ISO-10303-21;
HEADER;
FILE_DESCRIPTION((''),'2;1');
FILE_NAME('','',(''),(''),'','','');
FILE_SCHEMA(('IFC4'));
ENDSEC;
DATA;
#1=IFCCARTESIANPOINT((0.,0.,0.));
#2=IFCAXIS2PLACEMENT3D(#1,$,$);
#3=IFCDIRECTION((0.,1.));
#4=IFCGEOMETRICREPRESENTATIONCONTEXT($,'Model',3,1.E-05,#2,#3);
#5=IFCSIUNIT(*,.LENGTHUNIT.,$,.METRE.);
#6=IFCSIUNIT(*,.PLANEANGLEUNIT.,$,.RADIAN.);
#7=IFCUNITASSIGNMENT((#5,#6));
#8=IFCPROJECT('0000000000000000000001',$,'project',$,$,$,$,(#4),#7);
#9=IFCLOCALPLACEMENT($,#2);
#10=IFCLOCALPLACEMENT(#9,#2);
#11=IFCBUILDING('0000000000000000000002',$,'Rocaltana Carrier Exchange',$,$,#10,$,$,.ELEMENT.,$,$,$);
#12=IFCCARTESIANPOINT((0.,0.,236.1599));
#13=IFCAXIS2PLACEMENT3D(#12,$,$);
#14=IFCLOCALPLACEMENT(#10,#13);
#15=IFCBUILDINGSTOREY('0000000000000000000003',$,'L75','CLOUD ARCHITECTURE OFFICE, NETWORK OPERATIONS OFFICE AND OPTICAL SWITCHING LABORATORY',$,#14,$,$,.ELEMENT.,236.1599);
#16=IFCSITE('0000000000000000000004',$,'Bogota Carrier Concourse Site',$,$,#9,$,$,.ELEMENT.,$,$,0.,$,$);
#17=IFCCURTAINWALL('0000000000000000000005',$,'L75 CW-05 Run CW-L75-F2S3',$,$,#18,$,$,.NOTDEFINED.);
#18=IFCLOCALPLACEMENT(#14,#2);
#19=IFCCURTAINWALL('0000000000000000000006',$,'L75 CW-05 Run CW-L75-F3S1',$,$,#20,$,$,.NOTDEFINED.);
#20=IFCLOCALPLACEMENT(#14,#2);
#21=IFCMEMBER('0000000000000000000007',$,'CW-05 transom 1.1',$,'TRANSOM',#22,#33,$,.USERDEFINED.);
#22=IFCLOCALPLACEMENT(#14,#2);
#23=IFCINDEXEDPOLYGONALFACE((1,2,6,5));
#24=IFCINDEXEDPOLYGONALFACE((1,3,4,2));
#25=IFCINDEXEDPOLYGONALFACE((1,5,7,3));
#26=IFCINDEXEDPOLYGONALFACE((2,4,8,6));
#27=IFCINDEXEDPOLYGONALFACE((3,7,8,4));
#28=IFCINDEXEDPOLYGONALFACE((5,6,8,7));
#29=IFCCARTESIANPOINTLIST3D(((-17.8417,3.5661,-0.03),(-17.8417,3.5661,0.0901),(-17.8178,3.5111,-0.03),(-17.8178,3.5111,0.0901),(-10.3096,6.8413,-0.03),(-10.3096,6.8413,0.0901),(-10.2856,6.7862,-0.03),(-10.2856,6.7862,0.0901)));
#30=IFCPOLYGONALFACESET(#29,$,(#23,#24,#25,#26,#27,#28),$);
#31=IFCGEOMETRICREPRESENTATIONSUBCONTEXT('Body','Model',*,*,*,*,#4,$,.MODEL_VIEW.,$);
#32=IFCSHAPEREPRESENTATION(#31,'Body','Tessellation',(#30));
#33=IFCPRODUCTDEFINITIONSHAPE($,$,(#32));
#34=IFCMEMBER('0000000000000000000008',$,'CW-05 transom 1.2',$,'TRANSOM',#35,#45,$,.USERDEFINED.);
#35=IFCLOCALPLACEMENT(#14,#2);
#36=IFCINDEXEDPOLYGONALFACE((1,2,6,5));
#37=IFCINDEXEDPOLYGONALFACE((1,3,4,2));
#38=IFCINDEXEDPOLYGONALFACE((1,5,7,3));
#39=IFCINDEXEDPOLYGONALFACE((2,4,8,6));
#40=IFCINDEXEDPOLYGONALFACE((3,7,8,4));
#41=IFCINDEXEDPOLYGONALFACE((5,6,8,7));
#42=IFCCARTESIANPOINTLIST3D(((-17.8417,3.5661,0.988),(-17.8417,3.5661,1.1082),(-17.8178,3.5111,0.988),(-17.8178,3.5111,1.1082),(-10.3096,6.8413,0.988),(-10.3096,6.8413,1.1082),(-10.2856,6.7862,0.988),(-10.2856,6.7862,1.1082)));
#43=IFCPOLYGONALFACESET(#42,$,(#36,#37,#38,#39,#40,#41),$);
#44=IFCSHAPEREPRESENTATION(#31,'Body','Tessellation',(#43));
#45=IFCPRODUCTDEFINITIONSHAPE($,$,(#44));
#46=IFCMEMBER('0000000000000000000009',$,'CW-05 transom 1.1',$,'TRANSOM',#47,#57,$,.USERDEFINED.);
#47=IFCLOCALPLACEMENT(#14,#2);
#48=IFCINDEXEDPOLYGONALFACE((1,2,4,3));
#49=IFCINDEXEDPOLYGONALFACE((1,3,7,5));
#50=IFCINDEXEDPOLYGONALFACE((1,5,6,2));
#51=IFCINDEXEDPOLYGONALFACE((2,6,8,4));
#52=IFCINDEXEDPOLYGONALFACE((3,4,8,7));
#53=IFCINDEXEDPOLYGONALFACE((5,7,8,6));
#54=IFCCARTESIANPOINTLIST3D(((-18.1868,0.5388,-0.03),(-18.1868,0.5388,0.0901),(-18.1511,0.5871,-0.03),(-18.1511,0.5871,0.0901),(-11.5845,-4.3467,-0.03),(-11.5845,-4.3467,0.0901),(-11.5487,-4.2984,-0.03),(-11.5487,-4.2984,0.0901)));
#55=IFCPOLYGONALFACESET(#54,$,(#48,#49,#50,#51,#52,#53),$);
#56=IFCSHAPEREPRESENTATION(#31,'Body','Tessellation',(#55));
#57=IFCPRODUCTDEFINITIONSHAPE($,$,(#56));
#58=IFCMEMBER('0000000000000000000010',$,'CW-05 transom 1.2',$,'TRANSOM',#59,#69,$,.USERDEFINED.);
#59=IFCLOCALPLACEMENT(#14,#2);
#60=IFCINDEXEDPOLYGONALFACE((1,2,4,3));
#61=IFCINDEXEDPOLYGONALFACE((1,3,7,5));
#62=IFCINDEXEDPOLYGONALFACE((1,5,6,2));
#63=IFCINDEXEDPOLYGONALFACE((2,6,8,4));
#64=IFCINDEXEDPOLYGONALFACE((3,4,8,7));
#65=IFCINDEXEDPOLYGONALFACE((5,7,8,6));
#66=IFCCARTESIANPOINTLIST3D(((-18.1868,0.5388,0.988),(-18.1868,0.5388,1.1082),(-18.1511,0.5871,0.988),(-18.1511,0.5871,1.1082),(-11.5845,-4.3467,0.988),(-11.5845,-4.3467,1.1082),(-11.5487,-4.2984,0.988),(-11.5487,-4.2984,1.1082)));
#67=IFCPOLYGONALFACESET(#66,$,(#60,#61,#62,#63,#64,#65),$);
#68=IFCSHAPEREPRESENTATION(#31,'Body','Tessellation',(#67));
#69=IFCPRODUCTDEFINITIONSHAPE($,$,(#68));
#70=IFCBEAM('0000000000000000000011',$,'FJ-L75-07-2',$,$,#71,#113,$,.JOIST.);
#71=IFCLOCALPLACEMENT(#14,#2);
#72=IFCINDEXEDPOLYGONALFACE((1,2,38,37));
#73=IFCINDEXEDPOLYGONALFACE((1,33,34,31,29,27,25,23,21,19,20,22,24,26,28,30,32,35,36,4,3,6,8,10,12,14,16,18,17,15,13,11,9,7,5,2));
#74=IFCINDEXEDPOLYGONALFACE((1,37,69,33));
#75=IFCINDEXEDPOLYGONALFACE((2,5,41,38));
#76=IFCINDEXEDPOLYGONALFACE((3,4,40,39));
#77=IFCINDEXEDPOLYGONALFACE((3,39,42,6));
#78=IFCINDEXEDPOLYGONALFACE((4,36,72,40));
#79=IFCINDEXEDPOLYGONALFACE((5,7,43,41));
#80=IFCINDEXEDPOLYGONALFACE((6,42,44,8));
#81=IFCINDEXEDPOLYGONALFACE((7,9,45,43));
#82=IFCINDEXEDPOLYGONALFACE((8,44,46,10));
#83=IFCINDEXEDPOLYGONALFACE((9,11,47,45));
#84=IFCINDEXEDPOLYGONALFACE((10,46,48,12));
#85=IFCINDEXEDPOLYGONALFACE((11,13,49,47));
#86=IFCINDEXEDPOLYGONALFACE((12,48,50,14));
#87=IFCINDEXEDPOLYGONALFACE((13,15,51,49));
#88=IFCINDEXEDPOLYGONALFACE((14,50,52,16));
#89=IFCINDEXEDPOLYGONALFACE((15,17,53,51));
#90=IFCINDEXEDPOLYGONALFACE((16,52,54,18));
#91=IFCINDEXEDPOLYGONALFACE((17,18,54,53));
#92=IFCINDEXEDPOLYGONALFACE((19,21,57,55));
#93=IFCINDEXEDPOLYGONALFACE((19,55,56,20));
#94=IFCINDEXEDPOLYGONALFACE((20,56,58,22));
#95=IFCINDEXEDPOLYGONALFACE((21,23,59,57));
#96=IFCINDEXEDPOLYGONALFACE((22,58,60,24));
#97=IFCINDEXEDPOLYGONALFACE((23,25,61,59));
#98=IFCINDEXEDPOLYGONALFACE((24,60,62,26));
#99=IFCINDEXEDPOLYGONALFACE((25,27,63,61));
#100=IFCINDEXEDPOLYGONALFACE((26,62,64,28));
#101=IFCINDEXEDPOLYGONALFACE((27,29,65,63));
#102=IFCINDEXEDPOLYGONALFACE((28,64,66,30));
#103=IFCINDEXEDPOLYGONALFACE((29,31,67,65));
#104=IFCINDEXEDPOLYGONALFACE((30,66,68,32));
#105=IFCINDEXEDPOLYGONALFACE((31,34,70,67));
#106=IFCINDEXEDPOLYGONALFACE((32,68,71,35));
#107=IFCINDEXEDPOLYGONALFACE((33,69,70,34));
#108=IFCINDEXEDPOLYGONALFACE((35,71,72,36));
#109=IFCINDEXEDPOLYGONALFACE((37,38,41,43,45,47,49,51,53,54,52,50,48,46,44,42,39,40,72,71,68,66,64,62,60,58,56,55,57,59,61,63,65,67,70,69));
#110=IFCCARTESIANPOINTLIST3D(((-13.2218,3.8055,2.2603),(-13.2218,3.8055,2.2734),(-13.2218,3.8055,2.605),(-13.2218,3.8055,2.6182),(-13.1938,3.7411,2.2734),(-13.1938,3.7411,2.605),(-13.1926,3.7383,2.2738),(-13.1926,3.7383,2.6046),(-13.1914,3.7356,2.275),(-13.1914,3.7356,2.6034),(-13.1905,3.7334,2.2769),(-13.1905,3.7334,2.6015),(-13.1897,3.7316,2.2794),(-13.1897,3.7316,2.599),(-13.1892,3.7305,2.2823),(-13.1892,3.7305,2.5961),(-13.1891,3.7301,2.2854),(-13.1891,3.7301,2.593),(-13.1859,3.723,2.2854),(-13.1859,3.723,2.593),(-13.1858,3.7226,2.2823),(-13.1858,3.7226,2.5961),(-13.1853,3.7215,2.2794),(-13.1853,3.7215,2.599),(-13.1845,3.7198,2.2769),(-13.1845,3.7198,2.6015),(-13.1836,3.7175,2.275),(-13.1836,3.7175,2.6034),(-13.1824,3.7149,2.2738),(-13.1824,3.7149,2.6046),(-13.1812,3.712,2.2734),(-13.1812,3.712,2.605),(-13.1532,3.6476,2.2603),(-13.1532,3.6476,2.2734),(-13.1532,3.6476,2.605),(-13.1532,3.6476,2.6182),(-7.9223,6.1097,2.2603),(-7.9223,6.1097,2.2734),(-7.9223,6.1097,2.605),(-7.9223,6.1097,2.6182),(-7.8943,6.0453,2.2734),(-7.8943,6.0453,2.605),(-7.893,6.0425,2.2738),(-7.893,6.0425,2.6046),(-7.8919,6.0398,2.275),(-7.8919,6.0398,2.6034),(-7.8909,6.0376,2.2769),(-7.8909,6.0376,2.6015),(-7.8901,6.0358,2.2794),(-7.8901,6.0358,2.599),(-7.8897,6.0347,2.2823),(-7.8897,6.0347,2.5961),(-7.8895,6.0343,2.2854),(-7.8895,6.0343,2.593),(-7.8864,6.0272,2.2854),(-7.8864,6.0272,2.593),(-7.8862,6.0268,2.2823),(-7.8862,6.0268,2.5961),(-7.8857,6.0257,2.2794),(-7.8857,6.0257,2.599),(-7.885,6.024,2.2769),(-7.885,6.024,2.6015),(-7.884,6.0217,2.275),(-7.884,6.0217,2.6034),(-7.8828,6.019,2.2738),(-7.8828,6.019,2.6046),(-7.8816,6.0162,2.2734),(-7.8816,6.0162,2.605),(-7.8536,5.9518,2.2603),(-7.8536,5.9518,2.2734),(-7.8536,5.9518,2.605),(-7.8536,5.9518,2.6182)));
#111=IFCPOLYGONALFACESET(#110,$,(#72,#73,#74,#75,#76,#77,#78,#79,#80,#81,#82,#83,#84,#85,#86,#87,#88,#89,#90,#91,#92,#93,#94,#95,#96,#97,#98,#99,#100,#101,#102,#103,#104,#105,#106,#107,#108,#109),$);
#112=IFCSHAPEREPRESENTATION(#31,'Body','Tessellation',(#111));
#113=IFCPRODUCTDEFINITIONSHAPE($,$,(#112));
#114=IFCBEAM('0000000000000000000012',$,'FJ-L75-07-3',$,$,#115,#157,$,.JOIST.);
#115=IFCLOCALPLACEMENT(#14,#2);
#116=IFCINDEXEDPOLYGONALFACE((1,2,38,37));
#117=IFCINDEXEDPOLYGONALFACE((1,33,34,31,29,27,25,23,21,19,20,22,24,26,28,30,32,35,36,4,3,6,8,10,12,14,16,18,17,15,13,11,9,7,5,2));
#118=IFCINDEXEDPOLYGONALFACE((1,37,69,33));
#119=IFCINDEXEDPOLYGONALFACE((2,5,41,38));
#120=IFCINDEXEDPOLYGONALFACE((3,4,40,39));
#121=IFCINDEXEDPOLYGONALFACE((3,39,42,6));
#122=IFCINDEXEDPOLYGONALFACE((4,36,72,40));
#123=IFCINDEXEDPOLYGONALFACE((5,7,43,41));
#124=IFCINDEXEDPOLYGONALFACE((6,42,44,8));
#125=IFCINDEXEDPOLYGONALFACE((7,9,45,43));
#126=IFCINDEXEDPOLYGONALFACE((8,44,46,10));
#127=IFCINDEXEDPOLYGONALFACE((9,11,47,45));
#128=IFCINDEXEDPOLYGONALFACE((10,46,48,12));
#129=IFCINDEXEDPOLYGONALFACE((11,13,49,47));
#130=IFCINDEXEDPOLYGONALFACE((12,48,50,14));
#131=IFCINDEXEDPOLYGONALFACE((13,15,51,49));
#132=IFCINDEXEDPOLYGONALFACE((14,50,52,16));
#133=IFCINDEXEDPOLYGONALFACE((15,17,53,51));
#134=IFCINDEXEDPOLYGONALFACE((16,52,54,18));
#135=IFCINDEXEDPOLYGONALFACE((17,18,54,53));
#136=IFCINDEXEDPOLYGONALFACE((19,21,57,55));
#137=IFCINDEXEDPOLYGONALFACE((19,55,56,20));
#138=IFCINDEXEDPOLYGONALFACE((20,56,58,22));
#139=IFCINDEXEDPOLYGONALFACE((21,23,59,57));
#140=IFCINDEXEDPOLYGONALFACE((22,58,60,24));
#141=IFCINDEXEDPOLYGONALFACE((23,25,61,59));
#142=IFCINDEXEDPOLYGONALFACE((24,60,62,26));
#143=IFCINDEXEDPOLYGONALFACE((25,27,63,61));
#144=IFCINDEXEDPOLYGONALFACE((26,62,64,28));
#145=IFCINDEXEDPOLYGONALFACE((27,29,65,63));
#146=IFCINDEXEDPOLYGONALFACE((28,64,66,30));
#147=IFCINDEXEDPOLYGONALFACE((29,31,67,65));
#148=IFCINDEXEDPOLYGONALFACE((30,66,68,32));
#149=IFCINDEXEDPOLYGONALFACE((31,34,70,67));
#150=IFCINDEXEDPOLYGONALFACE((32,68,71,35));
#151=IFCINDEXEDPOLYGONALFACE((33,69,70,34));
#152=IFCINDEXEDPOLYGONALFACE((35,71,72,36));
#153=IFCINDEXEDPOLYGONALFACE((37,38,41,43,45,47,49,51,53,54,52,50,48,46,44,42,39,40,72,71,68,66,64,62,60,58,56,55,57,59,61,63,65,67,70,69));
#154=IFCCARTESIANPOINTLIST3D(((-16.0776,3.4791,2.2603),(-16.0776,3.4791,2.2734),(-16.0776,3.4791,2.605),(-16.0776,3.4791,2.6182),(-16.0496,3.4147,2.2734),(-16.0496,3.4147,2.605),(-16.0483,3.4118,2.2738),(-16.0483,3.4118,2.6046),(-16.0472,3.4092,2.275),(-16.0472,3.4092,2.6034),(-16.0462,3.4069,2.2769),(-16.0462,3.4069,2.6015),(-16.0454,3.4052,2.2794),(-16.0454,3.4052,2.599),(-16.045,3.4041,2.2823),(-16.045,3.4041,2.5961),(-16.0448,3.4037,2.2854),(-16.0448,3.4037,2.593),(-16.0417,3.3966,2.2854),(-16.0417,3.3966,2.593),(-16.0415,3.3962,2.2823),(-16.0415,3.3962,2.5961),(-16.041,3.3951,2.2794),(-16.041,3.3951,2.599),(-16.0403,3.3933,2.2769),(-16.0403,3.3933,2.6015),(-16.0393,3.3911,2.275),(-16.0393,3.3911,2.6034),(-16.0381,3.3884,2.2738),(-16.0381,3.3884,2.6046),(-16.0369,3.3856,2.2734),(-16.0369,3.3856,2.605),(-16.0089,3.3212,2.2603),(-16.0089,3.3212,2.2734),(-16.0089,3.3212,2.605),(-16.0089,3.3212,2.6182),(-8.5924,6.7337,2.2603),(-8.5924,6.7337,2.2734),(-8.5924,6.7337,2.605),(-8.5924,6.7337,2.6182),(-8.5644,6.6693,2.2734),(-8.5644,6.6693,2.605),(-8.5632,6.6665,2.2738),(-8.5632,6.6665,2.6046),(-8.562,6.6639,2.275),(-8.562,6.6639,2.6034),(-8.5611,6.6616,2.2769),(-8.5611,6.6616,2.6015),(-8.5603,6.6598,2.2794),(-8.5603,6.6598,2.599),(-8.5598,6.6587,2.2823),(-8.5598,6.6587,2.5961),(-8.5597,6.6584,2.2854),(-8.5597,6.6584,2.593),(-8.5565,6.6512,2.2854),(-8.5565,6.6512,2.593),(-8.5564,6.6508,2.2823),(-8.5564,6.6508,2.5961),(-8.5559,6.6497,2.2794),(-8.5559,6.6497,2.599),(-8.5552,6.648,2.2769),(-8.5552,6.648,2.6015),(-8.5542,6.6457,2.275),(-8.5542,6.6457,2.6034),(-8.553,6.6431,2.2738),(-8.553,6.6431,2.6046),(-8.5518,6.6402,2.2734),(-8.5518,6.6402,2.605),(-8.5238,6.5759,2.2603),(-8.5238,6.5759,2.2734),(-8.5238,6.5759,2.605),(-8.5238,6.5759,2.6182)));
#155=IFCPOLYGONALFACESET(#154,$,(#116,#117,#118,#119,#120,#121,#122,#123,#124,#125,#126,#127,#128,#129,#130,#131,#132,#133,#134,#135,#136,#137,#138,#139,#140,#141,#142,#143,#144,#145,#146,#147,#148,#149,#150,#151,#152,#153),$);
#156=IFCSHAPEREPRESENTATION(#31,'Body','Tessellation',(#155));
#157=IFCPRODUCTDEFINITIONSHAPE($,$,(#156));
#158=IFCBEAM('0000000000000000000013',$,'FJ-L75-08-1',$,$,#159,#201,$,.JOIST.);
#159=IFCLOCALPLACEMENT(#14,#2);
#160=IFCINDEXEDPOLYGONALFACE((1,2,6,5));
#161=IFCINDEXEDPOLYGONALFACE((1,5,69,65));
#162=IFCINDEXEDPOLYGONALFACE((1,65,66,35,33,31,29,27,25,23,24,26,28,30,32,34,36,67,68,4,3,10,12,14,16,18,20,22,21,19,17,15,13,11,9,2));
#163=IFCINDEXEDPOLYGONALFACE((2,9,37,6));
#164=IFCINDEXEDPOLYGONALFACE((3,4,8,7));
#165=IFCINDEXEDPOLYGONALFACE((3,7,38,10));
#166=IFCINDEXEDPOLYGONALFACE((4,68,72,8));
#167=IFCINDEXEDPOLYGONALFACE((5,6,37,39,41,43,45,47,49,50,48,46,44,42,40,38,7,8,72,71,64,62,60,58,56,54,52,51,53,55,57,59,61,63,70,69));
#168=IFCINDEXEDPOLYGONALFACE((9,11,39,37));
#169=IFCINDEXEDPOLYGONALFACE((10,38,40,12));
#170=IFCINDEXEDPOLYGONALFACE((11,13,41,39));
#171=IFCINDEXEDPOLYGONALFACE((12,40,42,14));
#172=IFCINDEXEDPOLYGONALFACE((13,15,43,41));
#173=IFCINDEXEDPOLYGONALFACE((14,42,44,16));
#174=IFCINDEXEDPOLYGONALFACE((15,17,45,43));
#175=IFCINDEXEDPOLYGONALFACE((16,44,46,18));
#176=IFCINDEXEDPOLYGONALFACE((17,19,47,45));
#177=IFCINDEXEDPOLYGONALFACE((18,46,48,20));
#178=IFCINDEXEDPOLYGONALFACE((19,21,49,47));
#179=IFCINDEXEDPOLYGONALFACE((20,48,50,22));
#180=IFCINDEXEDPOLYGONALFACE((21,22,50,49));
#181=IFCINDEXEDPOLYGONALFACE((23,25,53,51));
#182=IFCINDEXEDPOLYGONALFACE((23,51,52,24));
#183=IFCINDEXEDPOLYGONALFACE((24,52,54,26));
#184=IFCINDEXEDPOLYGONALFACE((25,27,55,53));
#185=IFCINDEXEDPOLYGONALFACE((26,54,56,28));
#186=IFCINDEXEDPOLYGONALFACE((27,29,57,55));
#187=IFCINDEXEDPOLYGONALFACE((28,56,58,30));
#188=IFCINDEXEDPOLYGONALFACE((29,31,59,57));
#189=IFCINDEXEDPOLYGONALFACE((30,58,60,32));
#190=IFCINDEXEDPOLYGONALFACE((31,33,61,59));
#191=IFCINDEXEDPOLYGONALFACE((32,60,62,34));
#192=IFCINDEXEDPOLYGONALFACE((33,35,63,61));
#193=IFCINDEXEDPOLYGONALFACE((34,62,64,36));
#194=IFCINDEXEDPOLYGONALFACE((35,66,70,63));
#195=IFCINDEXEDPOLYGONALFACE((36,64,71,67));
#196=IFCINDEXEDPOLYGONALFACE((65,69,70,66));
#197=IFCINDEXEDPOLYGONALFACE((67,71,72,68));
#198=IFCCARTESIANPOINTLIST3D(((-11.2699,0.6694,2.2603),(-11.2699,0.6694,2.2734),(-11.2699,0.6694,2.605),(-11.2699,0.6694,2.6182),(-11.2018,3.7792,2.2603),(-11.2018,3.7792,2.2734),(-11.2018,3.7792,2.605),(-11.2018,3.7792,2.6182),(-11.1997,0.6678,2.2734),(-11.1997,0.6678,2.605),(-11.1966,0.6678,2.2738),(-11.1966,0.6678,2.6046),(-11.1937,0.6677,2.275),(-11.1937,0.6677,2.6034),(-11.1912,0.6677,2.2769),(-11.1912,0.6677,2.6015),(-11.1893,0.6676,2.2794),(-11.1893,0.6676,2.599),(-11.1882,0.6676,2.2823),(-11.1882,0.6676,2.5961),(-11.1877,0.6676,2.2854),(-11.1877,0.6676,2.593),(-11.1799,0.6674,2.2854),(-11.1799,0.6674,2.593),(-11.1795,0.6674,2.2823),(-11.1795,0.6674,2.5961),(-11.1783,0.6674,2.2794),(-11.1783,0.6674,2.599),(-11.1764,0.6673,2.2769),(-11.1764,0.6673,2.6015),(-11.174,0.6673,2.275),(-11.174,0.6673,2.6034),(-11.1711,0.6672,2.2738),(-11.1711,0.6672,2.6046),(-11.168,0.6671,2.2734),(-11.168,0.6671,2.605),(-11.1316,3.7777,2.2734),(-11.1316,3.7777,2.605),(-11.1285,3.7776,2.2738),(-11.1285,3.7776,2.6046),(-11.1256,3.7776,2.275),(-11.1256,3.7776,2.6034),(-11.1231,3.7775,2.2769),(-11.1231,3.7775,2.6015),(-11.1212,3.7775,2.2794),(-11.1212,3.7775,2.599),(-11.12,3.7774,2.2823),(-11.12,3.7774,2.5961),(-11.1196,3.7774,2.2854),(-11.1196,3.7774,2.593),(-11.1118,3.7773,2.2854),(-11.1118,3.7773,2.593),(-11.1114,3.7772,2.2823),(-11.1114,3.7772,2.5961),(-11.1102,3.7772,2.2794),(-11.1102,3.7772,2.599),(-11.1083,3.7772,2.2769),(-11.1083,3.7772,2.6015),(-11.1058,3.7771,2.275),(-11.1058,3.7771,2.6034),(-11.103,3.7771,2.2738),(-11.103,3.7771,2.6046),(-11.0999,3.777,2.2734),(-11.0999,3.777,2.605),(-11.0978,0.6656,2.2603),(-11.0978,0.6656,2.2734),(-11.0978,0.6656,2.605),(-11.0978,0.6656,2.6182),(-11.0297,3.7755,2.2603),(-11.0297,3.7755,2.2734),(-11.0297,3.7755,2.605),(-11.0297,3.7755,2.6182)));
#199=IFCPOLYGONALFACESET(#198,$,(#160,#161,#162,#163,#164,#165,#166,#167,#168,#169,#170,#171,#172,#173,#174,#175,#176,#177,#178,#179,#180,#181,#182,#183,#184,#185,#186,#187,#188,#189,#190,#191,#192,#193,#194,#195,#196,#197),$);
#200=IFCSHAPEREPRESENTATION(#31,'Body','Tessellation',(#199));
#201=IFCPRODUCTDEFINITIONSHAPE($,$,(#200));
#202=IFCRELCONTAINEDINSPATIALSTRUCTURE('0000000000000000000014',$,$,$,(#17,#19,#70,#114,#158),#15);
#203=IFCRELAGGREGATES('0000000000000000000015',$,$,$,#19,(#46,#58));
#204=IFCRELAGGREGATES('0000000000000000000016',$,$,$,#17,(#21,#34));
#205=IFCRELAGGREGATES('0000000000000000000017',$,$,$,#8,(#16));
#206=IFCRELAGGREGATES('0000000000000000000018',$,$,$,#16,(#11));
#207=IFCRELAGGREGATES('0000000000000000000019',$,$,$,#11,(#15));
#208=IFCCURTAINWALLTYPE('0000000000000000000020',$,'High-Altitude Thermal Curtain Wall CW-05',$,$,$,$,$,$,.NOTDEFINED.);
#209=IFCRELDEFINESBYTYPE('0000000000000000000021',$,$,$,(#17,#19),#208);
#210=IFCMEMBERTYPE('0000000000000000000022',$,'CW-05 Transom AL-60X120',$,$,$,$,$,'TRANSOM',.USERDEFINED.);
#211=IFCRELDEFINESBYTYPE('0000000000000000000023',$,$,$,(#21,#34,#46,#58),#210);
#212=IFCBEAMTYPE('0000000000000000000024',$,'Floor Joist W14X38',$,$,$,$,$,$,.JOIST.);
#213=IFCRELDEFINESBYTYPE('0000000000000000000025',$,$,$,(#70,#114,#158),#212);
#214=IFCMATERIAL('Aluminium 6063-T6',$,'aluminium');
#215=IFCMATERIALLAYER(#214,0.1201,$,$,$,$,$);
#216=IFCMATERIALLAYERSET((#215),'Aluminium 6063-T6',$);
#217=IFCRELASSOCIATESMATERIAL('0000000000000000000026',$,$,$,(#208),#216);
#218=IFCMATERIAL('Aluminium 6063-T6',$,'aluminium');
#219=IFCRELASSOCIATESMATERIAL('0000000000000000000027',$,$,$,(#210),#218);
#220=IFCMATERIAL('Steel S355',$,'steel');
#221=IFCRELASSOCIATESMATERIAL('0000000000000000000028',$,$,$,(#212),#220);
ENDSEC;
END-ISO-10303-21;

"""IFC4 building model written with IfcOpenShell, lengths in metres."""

from ifc_helpers import new_model, si_unit, direction, frame, origin, origin_2d, place, context, subcontext, project, spatial, rectangle, i_section, extrude, material, layer, layer_set, material_profile, profile_set, type_object, element, aggregate, save


model = new_model("IFC4")

# Units and contexts
model_context = context("Model", 3, precision=1e-05, world=origin(), true_north=direction((0.0, 1.0)))
body_context = subcontext(model_context, "Body", "Model", "MODEL_VIEW")
ifc_project = project(units=[si_unit("LENGTHUNIT", "METRE"), si_unit("PLANEANGLEUNIT", "RADIAN")], contexts=[model_context])

# Site, building, storey
site_placement = place(None, origin())
site = spatial("IfcSite", under=ifc_project, at=site_placement, Name="Bogota Carrier Concourse Site", CompositionType="ELEMENT", RefElevation=0.0)
building_placement = place(site_placement, origin())
building = spatial("IfcBuilding", under=site, at=building_placement, Name="Rocaltana Carrier Exchange", CompositionType="ELEMENT")
storey_placement = place(building_placement, frame((0.0, 0.0, 236.1599)))
storey = spatial("IfcBuildingStorey", under=building, at=storey_placement, Name="L75", Description="CLOUD ARCHITECTURE OFFICE, NETWORK OPERATIONS OFFICE AND OPTICAL SWITCHING LABORATORY", CompositionType="ELEMENT", Elevation=236.1599)

# Shared definitions
ifc_material_1 = material(Name="Aluminium 6063-T6", Category="aluminium")
ifc_layer_1 = layer(ifc_material_1, 0.1201)
ifc_layer_set_1 = layer_set([ifc_layer_1], Name="Aluminium 6063-T6")
curtain_wall_type = type_object("IfcCurtainWallType", Name="High-Altitude Thermal Curtain Wall CW-05", PredefinedType="NOTDEFINED", material=ifc_layer_set_1)

# Curtain wall
curtain_wall_1_placement = place(storey_placement, origin())
curtain_wall_1 = element("IfcCurtainWall", 1, at=curtain_wall_1_placement, inside=storey, type_object=curtain_wall_type, Name="L75 CW-05 Run CW-L75-F2S3", PredefinedType="NOTDEFINED")

# Curtain wall
curtain_wall_2_placement = place(storey_placement, origin())
curtain_wall_2 = element("IfcCurtainWall", 2, at=curtain_wall_2_placement, inside=storey, type_object=curtain_wall_type, Name="L75 CW-05 Run CW-L75-F3S1", PredefinedType="NOTDEFINED")

# Members
ifc_material_2 = material(Name="Aluminium 6063-T6", Category="aluminium")
ifc_material_profile_1 = material_profile(ifc_material_2, rectangle(XDim=0.0601, YDim=0.1201, at=origin_2d()), Name="AL-60X120")
ifc_profile_set_1 = profile_set([ifc_material_profile_1], Name="Aluminium 6063-T6")
member_type_1 = type_object("IfcMemberType", Name="CW-05 Transom AL-60X120", ElementType="TRANSOM", PredefinedType="USERDEFINED", material=ifc_profile_set_1)
member_1_placement = place(storey_placement, frame((-10.2976, 6.8137, 0.03), z_axis=(-0.917058, -0.398753, 0.0), x_axis=(0.398753, -0.917058, 0.0)))
member_1 = element("IfcMember", 3, at=member_1_placement, type_object=member_type_1, Name="CW-05 transom 1.1", ObjectType="TRANSOM", PredefinedType="USERDEFINED", context=body_context, shape_type="SweptSolid", body=[
    extrude(rectangle(XDim=0.0601, YDim=0.1201, at=origin_2d()), origin(), (0.0, 0.0, 1.0), 8.2134),
])
member_2_placement = place(storey_placement, frame((-10.2976, 6.8137, 1.0481), z_axis=(-0.917058, -0.398753, 0.0), x_axis=(0.398753, -0.917058, 0.0)))
member_2 = element("IfcMember", 4, at=member_2_placement, type_object=member_type_1, Name="CW-05 transom 1.2", ObjectType="TRANSOM", PredefinedType="USERDEFINED", context=body_context, shape_type="SweptSolid", body=[
    extrude(rectangle(XDim=0.0601, YDim=0.1201, at=origin_2d()), origin(), (0.0, 0.0, 1.0), 8.2134),
])
member_3_placement = place(storey_placement, frame((-18.1689, 0.563, 0.03), z_axis=(0.803854, -0.594827, 0.0), x_axis=(0.594827, 0.803854, 0.0)))
member_3 = element("IfcMember", 5, at=member_3_placement, type_object=member_type_1, Name="CW-05 transom 1.1", ObjectType="TRANSOM", PredefinedType="USERDEFINED", context=body_context, shape_type="SweptSolid", body=[
    extrude(rectangle(XDim=0.0601, YDim=0.1201, at=origin_2d()), origin(), (0.0, 0.0, 1.0), 8.2134),
])
member_4_placement = place(storey_placement, frame((-18.1689, 0.563, 1.0481), z_axis=(0.803854, -0.594827, 0.0), x_axis=(0.594827, 0.803854, 0.0)))
member_4 = element("IfcMember", 6, at=member_4_placement, type_object=member_type_1, Name="CW-05 transom 1.2", ObjectType="TRANSOM", PredefinedType="USERDEFINED", context=body_context, shape_type="SweptSolid", body=[
    extrude(rectangle(XDim=0.0601, YDim=0.1201, at=origin_2d()), origin(), (0.0, 0.0, 1.0), 8.2134),
])
aggregate(curtain_wall_2, [member_3, member_4])

# Beams
ifc_material_3 = material(Name="Steel S355", Category="steel")
ifc_material_profile_2 = material_profile(ifc_material_3, i_section(OverallWidth=0.1721, OverallDepth=0.3579, WebThickness=0.0078, FlangeThickness=0.0132, FilletRadius=0.012, at=origin_2d()), Name="W14X38")
ifc_profile_set_2 = profile_set([ifc_material_profile_2], Name="Steel S355")
beam_type_1 = type_object("IfcBeamType", Name="Floor Joist W14X38", PredefinedType="JOIST", material=ifc_profile_set_2)
beam_1_placement = place(storey_placement, frame((-7.8879, 6.0308, 2.4392), z_axis=(-0.917067, -0.398732, 0.0), x_axis=(0.398732, -0.917067, 0.0)))
element("IfcBeam", 7, at=beam_1_placement, inside=storey, type_object=beam_type_1, Name="FJ-L75-07-2", PredefinedType="JOIST", context=body_context, shape_type="SweptSolid", body=[
    extrude(i_section(OverallWidth=0.1721, OverallDepth=0.3579, WebThickness=0.0078, FlangeThickness=0.0132, FilletRadius=0.012, at=origin_2d()), origin(), (0.0, 0.0, 1.0), 5.7788),
])
beam_2_placement = place(storey_placement, frame((-8.5581, 6.6548, 2.4392), z_axis=(-0.917059, -0.398751, 0.0), x_axis=(0.398751, -0.917059, 0.0)))
element("IfcBeam", 8, at=beam_2_placement, inside=storey, type_object=beam_type_1, Name="FJ-L75-07-3", PredefinedType="JOIST", context=body_context, shape_type="SweptSolid", body=[
    extrude(i_section(OverallWidth=0.1721, OverallDepth=0.3579, WebThickness=0.0078, FlangeThickness=0.0132, FilletRadius=0.012, at=origin_2d()), origin(), (0.0, 0.0, 1.0), 8.1621),
])
beam_3_placement = place(storey_placement, frame((-11.1157, 3.7773, 2.4392), z_axis=(-0.021898, -0.99976, 0.0), x_axis=(0.99976, -0.021898, 0.0)))
element("IfcBeam", 9, at=beam_3_placement, inside=storey, type_object=beam_type_1, Name="FJ-L75-08-1", PredefinedType="JOIST", context=body_context, shape_type="SweptSolid", body=[
    extrude(i_section(OverallWidth=0.1721, OverallDepth=0.3579, WebThickness=0.0078, FlangeThickness=0.0132, FilletRadius=0.012, at=origin_2d()), origin(), (0.0, 0.0, 1.0), 3.1106),
])

aggregate(curtain_wall_1, [member_1, member_2])

save(model, "model.ifc")
